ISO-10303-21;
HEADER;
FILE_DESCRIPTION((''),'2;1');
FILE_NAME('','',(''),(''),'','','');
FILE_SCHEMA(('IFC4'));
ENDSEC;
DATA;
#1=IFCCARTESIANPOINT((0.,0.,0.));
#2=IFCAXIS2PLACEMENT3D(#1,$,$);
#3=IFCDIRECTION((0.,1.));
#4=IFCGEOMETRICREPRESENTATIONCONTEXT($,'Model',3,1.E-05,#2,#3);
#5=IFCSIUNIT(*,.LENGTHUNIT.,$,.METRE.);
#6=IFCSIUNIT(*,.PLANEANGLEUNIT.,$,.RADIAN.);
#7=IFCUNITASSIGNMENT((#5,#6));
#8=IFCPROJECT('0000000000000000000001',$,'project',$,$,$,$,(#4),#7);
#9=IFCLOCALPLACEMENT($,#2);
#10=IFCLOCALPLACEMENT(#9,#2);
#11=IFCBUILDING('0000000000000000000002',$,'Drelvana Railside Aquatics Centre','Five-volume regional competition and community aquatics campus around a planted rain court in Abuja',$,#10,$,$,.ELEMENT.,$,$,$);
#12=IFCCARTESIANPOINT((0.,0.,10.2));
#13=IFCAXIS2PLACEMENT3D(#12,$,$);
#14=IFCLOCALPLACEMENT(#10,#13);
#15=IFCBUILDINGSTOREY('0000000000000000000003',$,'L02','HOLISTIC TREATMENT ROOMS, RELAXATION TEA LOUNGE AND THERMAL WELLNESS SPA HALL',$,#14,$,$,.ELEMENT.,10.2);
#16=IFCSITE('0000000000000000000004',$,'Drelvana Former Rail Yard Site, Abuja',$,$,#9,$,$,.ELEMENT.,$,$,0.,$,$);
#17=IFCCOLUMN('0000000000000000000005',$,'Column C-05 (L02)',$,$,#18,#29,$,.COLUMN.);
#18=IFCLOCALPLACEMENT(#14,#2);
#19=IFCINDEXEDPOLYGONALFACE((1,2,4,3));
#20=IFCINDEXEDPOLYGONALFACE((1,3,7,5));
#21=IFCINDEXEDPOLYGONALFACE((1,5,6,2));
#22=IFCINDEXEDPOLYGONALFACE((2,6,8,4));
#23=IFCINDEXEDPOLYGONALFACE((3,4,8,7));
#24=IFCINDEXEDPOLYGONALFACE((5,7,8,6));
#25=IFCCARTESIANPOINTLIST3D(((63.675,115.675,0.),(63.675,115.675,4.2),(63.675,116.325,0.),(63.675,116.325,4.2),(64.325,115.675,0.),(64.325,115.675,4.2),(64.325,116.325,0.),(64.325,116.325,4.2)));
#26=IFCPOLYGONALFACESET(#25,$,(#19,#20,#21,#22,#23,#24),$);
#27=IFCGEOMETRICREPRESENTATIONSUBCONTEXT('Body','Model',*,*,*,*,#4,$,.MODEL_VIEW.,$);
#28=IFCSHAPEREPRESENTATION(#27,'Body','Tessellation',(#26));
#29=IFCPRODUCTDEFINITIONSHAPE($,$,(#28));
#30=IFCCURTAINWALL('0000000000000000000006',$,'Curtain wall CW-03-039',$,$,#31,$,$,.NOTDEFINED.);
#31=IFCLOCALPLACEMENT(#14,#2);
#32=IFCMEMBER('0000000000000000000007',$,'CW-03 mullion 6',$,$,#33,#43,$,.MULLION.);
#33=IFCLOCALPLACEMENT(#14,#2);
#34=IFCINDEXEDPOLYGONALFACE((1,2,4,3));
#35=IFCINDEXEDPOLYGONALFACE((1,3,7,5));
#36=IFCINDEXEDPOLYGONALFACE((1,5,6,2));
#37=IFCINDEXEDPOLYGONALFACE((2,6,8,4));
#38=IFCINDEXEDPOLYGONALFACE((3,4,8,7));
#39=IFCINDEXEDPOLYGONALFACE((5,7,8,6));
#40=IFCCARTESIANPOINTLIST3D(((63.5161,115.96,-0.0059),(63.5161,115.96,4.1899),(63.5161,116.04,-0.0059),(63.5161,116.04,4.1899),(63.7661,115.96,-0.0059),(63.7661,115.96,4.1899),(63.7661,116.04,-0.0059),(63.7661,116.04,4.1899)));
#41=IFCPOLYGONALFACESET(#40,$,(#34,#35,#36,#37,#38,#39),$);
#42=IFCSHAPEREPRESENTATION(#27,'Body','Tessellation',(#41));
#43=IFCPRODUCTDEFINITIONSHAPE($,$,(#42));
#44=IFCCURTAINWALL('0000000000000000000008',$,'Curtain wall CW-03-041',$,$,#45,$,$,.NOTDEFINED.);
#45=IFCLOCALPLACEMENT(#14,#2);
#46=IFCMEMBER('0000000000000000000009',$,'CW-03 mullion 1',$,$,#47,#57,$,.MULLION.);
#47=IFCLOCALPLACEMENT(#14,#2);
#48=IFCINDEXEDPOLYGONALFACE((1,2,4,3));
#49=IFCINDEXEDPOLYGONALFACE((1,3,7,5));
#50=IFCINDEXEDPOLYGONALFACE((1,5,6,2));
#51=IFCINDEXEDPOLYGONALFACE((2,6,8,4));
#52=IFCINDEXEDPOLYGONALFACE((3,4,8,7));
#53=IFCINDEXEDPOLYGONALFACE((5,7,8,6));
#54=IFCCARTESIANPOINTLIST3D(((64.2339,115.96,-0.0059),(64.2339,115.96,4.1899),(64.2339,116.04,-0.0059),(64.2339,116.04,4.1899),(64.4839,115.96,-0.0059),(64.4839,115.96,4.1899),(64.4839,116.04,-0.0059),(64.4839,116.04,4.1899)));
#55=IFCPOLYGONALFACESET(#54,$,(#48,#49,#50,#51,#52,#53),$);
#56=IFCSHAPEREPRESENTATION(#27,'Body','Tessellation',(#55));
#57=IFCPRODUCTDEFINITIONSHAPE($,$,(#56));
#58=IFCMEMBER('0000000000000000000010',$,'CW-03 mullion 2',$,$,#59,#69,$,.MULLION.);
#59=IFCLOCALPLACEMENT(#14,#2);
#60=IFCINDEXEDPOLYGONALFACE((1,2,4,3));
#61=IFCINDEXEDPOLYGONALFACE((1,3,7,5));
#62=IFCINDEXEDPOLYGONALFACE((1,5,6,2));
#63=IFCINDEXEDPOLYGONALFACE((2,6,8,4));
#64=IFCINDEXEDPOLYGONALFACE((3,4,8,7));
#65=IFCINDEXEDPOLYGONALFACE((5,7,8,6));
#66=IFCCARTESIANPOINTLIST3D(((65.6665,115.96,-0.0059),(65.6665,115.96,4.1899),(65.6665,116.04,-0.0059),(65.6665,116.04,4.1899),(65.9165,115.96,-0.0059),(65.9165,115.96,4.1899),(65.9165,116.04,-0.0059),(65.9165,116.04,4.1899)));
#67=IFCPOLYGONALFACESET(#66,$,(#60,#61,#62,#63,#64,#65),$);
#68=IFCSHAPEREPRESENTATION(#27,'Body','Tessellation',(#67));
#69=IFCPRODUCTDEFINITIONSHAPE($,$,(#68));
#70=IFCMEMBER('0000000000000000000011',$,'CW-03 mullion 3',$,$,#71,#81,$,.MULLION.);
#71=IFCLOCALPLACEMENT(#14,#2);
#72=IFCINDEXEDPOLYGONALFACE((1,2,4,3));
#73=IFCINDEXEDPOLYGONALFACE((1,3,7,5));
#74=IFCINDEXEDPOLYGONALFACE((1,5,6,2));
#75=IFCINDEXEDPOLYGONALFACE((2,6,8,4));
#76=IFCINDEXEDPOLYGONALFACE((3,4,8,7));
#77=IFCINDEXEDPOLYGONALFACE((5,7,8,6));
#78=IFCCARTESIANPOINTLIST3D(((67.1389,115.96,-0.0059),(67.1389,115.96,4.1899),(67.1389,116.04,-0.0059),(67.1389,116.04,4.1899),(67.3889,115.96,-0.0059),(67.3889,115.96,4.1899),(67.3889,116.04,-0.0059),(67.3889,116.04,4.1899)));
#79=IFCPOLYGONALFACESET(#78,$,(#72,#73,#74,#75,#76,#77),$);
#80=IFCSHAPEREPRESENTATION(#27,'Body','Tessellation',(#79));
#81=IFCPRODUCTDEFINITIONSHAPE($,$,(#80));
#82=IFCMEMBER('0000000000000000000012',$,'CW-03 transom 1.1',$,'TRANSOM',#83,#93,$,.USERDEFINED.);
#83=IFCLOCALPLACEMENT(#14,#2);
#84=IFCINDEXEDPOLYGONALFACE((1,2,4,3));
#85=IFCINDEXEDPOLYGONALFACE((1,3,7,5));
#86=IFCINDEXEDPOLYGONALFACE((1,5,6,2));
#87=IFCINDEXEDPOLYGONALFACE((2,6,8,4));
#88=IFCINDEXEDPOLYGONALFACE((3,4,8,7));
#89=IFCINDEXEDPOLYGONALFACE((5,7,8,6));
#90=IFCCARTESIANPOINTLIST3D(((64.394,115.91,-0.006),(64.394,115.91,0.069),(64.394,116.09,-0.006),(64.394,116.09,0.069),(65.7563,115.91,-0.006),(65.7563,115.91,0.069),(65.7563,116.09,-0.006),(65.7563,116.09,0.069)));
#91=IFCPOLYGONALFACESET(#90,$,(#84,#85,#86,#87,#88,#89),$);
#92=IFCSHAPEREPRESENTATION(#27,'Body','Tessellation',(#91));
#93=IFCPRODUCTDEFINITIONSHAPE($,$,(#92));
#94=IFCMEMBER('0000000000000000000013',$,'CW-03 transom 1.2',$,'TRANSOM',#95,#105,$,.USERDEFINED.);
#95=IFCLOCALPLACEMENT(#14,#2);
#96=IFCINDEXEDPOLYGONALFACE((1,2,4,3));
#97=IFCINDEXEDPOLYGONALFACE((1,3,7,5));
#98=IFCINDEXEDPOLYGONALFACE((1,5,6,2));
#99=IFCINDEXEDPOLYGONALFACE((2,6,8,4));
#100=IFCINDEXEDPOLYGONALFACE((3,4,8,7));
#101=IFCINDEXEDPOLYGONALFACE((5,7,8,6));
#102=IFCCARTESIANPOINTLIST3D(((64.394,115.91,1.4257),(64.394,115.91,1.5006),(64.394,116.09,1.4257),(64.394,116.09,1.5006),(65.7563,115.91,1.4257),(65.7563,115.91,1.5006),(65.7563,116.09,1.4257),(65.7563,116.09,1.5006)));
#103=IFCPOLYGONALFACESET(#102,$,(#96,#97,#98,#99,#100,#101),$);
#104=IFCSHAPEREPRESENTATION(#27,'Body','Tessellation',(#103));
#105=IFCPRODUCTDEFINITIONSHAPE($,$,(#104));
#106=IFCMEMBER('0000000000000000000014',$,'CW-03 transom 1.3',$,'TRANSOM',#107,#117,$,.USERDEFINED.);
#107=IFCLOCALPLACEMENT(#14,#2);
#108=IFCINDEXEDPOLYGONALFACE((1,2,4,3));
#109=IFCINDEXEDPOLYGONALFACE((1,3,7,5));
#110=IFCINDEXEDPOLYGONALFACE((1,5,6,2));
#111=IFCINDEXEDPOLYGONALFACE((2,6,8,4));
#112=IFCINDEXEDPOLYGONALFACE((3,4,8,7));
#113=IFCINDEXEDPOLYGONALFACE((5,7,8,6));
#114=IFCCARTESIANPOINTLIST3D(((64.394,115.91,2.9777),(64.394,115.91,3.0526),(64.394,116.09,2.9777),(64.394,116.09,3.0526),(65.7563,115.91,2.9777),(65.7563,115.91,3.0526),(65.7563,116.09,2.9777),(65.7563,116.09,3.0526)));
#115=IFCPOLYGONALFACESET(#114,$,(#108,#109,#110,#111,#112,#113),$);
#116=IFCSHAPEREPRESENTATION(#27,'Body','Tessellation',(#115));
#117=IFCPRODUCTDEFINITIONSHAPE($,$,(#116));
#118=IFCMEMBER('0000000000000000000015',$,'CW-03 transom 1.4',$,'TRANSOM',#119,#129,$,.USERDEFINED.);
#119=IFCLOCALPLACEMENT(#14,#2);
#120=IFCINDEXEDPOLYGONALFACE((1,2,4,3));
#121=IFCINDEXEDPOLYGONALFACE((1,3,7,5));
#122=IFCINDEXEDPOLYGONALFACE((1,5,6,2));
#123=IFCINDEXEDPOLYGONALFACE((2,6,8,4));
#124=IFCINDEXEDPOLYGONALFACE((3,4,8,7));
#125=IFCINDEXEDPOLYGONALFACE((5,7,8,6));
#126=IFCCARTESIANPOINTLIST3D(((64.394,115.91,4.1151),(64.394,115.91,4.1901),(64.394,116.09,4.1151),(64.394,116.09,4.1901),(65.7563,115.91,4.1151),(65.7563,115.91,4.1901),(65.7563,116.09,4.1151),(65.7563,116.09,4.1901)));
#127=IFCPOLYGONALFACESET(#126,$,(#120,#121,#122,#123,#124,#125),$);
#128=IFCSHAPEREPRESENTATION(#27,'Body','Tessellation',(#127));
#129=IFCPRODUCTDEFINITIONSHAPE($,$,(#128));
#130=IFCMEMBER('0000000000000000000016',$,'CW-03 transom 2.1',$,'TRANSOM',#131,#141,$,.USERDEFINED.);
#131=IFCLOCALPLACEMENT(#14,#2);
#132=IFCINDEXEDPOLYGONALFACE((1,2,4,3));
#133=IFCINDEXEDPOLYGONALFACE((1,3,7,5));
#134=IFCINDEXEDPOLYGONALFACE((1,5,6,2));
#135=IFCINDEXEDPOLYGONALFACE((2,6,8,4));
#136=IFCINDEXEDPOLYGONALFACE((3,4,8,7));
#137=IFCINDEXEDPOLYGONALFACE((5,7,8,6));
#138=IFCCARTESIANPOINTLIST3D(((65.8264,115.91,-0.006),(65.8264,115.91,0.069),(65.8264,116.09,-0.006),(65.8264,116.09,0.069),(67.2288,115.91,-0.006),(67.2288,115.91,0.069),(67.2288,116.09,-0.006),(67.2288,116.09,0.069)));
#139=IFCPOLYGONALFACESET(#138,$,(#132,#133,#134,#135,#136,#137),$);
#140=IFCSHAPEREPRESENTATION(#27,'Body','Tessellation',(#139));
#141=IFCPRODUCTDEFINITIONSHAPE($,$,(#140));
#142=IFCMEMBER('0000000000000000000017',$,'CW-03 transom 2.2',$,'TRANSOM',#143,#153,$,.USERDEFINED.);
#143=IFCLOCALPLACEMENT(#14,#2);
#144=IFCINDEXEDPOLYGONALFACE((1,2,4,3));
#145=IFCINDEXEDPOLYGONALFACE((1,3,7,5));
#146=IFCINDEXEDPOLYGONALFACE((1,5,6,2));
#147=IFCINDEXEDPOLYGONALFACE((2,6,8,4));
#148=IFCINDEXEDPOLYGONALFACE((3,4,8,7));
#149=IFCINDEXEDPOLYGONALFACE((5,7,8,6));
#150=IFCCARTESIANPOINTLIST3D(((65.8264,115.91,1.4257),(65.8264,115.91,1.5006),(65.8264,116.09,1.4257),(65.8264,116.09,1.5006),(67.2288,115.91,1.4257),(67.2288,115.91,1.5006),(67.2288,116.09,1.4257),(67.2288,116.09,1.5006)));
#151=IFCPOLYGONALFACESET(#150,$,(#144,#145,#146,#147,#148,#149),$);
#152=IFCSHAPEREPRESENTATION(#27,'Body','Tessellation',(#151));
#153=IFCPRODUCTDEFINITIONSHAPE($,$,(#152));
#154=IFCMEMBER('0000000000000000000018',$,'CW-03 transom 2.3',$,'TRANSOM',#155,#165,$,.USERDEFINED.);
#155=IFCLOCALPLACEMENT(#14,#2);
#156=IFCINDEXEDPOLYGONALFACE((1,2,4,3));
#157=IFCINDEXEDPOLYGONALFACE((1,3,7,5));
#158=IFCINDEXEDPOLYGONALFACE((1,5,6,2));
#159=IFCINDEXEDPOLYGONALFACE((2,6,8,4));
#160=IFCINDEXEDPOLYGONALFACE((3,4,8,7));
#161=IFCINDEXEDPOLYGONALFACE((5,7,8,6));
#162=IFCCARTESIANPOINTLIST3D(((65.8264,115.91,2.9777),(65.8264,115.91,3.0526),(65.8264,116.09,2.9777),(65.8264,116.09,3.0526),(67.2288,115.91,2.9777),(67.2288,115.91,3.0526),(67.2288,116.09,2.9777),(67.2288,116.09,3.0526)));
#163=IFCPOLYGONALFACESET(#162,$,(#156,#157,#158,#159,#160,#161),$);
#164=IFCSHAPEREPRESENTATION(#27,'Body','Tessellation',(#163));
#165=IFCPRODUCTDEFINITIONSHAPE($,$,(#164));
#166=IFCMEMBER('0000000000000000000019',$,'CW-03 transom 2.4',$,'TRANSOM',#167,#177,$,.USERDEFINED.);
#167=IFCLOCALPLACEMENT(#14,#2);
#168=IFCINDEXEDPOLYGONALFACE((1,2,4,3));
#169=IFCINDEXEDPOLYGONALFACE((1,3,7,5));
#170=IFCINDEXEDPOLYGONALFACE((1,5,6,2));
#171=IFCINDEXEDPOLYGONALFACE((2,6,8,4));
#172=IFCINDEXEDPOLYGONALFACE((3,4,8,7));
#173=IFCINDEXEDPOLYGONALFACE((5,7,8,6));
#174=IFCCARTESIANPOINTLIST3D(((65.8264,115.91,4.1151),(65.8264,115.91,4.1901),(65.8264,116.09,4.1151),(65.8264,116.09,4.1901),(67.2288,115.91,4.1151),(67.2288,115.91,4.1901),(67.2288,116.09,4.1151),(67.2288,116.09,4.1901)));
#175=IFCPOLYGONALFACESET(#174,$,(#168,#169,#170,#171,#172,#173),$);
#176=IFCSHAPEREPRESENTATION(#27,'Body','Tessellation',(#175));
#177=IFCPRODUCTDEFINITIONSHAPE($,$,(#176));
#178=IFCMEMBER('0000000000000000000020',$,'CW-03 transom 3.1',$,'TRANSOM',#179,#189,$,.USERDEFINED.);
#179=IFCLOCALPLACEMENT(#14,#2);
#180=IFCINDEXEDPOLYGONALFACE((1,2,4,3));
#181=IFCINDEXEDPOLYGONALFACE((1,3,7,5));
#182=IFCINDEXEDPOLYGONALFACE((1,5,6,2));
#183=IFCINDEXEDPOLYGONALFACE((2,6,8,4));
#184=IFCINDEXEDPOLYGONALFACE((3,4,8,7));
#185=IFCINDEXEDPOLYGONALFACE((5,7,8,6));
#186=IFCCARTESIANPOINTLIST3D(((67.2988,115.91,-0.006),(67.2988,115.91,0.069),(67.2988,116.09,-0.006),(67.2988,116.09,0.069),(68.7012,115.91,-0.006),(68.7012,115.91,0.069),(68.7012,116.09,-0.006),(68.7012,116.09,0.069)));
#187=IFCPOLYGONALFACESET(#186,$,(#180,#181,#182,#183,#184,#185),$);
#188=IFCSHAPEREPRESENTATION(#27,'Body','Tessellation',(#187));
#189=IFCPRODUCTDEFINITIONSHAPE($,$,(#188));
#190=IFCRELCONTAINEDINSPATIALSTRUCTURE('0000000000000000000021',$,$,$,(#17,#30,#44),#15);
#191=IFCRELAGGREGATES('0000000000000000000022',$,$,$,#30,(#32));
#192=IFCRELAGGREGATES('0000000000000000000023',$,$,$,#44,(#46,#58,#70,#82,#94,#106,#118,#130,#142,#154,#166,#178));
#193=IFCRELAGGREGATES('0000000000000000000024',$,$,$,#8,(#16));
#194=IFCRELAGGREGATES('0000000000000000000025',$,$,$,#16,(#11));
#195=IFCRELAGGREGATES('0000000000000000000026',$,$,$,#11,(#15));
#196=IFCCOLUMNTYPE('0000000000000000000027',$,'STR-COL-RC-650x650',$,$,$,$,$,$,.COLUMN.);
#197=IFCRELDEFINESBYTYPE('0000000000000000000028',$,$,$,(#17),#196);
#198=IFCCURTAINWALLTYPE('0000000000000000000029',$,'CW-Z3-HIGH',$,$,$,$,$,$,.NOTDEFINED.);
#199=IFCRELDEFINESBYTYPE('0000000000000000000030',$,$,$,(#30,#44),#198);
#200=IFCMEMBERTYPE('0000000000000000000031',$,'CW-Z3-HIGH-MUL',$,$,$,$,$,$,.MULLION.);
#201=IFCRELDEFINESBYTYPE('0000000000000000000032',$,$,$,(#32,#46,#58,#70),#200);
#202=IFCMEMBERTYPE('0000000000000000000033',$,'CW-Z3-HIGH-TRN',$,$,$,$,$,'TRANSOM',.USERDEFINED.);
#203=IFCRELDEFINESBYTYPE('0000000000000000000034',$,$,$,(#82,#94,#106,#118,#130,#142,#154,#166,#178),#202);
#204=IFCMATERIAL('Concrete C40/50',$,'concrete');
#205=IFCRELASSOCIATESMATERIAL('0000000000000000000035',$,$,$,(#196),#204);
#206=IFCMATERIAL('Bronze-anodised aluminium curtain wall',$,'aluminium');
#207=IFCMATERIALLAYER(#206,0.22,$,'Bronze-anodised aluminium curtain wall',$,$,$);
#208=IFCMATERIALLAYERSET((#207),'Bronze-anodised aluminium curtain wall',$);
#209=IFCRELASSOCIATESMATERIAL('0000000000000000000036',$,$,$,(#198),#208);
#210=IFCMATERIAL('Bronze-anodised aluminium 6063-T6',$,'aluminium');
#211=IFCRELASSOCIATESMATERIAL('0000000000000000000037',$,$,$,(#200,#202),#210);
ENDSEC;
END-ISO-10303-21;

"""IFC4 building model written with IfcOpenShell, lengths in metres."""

from ifc_helpers import new_model, si_unit, direction, frame, origin, origin_2d, place, context, subcontext, project, spatial, rectangle, extrude, material, layer, layer_set, material_profile, profile_set, type_object, element, aggregate, save


model = new_model("IFC4")

# Units and contexts
model_context = context("Model", 3, precision=1e-05, world=origin(), true_north=direction((0.0, 1.0)))
body_context = subcontext(model_context, "Body", "Model", "MODEL_VIEW")
ifc_project = project(units=[si_unit("LENGTHUNIT", "METRE"), si_unit("PLANEANGLEUNIT", "RADIAN")], contexts=[model_context])

# Site, building, storey
site_placement = place(None, origin())
site = spatial("IfcSite", under=ifc_project, at=site_placement, Name="Drelvana Former Rail Yard Site, Abuja", CompositionType="ELEMENT", RefElevation=0.0)
building_placement = place(site_placement, origin())
building = spatial("IfcBuilding", under=site, at=building_placement, Name="Drelvana Railside Aquatics Centre", Description="Five-volume regional competition and community aquatics campus around a planted rain court in Abuja", CompositionType="ELEMENT")
storey_placement = place(building_placement, frame((0.0, 0.0, 10.2)))
storey = spatial("IfcBuildingStorey", under=building, at=storey_placement, Name="L02", Description="HOLISTIC TREATMENT ROOMS, RELAXATION TEA LOUNGE AND THERMAL WELLNESS SPA HALL", CompositionType="ELEMENT", Elevation=10.2)

# Column
ifc_material_1 = material(Name="Concrete C40/50", Category="concrete")
ifc_material_profile_1 = material_profile(ifc_material_1, rectangle(XDim=0.6499, YDim=0.6499, at=origin_2d()), Name="RC 650x650")
ifc_profile_set_1 = profile_set([ifc_material_profile_1], Name="Concrete C40/50")
column_type = type_object("IfcColumnType", Name="STR-COL-RC-650x650", PredefinedType="COLUMN", material=ifc_profile_set_1)
column_placement = place(storey_placement, frame((64.0, 116.0, 0.0), z_axis=(0.0, 0.0, 1.0), x_axis=(1.0, 0.0, 0.0)))
element("IfcColumn", 1, at=column_placement, inside=storey, type_object=column_type, Name="Column C-05 (L02)", PredefinedType="COLUMN", context=body_context, shape_type="SweptSolid", body=[
    extrude(rectangle(XDim=0.6499, YDim=0.6499, at=origin_2d()), origin(), (0.0, 0.0, 1.0), 4.2),
])

# Curtain wall, member
ifc_material_2 = material(Name="Bronze-anodised aluminium curtain wall", Category="aluminium")
ifc_layer_1 = layer(ifc_material_2, 0.22, Name="Bronze-anodised aluminium curtain wall")
ifc_layer_set_1 = layer_set([ifc_layer_1], Name="Bronze-anodised aluminium curtain wall")
curtain_wall_type = type_object("IfcCurtainWallType", Name="CW-Z3-HIGH", PredefinedType="NOTDEFINED", material=ifc_layer_set_1)
curtain_wall_1_placement = place(storey_placement, origin())
curtain_wall_1 = element("IfcCurtainWall", 2, at=curtain_wall_1_placement, inside=storey, type_object=curtain_wall_type, Name="Curtain wall CW-03-039", PredefinedType="NOTDEFINED")
ifc_material_3 = material(Name="Bronze-anodised aluminium 6063-T6", Category="aluminium")
ifc_material_profile_2 = material_profile(ifc_material_3, rectangle(XDim=0.0801, YDim=0.25, at=origin_2d()), Name="ALU-M 80x250")
ifc_profile_set_2 = profile_set([ifc_material_profile_2], Name="Bronze-anodised aluminium 6063-T6")
member_type_1 = type_object("IfcMemberType", Name="CW-Z3-HIGH-MUL", PredefinedType="MULLION", material=ifc_profile_set_2)
member_1_placement = place(storey_placement, frame((63.6411, 116.0, -0.0059), z_axis=(0.0, 0.0, 1.0), x_axis=(0.0, 1.0, 0.0)))
member_1 = element("IfcMember", 3, at=member_1_placement, type_object=member_type_1, Name="CW-03 mullion 6", PredefinedType="MULLION", context=body_context, shape_type="SweptSolid", body=[
    extrude(rectangle(XDim=0.0801, YDim=0.25, at=origin_2d()), origin(), (0.0, 0.0, 1.0), 4.1958),
])

# Curtain wall, members
curtain_wall_2_placement = place(storey_placement, origin())
curtain_wall_2 = element("IfcCurtainWall", 4, at=curtain_wall_2_placement, inside=storey, type_object=curtain_wall_type, Name="Curtain wall CW-03-041", PredefinedType="NOTDEFINED")
member_2_placement = place(storey_placement, frame((64.3589, 116.0, -0.0059), z_axis=(0.0, 0.0, 1.0), x_axis=(0.0, 1.0, 0.0)))
member_2 = element("IfcMember", 5, at=member_2_placement, type_object=member_type_1, Name="CW-03 mullion 1", PredefinedType="MULLION", context=body_context, shape_type="SweptSolid", body=[
    extrude(rectangle(XDim=0.0801, YDim=0.25, at=origin_2d()), origin(), (0.0, 0.0, 1.0), 4.1958),
])
member_3_placement = place(storey_placement, frame((65.7915, 116.0, -0.0059), z_axis=(0.0, 0.0, 1.0), x_axis=(0.0, 1.0, 0.0)))
member_3 = element("IfcMember", 6, at=member_3_placement, type_object=member_type_1, Name="CW-03 mullion 2", PredefinedType="MULLION", context=body_context, shape_type="SweptSolid", body=[
    extrude(rectangle(XDim=0.0801, YDim=0.25, at=origin_2d()), origin(), (0.0, 0.0, 1.0), 4.1958),
])
member_4_placement = place(storey_placement, frame((67.2639, 116.0, -0.0059), z_axis=(0.0, 0.0, 1.0), x_axis=(0.0, 1.0, 0.0)))
member_4 = element("IfcMember", 7, at=member_4_placement, type_object=member_type_1, Name="CW-03 mullion 3", PredefinedType="MULLION", context=body_context, shape_type="SweptSolid", body=[
    extrude(rectangle(XDim=0.0801, YDim=0.25, at=origin_2d()), origin(), (0.0, 0.0, 1.0), 4.1958),
])
ifc_material_profile_3 = material_profile(ifc_material_3, rectangle(XDim=0.1799, YDim=0.075, at=origin_2d()), Name="ALU-T 75x180")
ifc_profile_set_3 = profile_set([ifc_material_profile_3], Name="Bronze-anodised aluminium 6063-T6")
member_type_2 = type_object("IfcMemberType", Name="CW-Z3-HIGH-TRN", ElementType="TRANSOM", PredefinedType="USERDEFINED", material=ifc_profile_set_3)
member_5_placement = place(storey_placement, frame((64.394, 116.0, 0.0315), z_axis=(1.0, 0.0, 0.0), x_axis=(0.0, 1.0, 0.0)))
member_5 = element("IfcMember", 8, at=member_5_placement, type_object=member_type_2, Name="CW-03 transom 1.1", ObjectType="TRANSOM", PredefinedType="USERDEFINED", context=body_context, shape_type="SweptSolid", body=[
    extrude(rectangle(XDim=0.1799, YDim=0.075, at=origin_2d()), origin(), (0.0, 0.0, 1.0), 1.3623),
])
member_6_placement = place(storey_placement, frame((64.394, 116.0, 1.4631), z_axis=(1.0, 0.0, 0.0), x_axis=(0.0, 1.0, 0.0)))
member_6 = element("IfcMember", 9, at=member_6_placement, type_object=member_type_2, Name="CW-03 transom 1.2", ObjectType="TRANSOM", PredefinedType="USERDEFINED", context=body_context, shape_type="SweptSolid", body=[
    extrude(rectangle(XDim=0.1799, YDim=0.075, at=origin_2d()), origin(), (0.0, 0.0, 1.0), 1.3623),
])
member_7_placement = place(storey_placement, frame((64.394, 116.0, 3.0151), z_axis=(1.0, 0.0, 0.0), x_axis=(0.0, 1.0, 0.0)))
member_7 = element("IfcMember", 10, at=member_7_placement, type_object=member_type_2, Name="CW-03 transom 1.3", ObjectType="TRANSOM", PredefinedType="USERDEFINED", context=body_context, shape_type="SweptSolid", body=[
    extrude(rectangle(XDim=0.1799, YDim=0.075, at=origin_2d()), origin(), (0.0, 0.0, 1.0), 1.3623),
])
member_8_placement = place(storey_placement, frame((64.394, 116.0, 4.1526), z_axis=(1.0, 0.0, 0.0), x_axis=(0.0, 1.0, 0.0)))
member_8 = element("IfcMember", 11, at=member_8_placement, type_object=member_type_2, Name="CW-03 transom 1.4", ObjectType="TRANSOM", PredefinedType="USERDEFINED", context=body_context, shape_type="SweptSolid", body=[
    extrude(rectangle(XDim=0.1799, YDim=0.075, at=origin_2d()), origin(), (0.0, 0.0, 1.0), 1.3623),
])
member_9_placement = place(storey_placement, frame((65.8264, 116.0, 0.0315), z_axis=(1.0, 0.0, 0.0), x_axis=(0.0, 1.0, 0.0)))
member_9 = element("IfcMember", 12, at=member_9_placement, type_object=member_type_2, Name="CW-03 transom 2.1", ObjectType="TRANSOM", PredefinedType="USERDEFINED", context=body_context, shape_type="SweptSolid", body=[
    extrude(rectangle(XDim=0.1799, YDim=0.075, at=origin_2d()), origin(), (0.0, 0.0, 1.0), 1.4023),
])
member_10_placement = place(storey_placement, frame((65.8264, 116.0, 1.4631), z_axis=(1.0, 0.0, 0.0), x_axis=(0.0, 1.0, 0.0)))
member_10 = element("IfcMember", 13, at=member_10_placement, type_object=member_type_2, Name="CW-03 transom 2.2", ObjectType="TRANSOM", PredefinedType="USERDEFINED", context=body_context, shape_type="SweptSolid", body=[
    extrude(rectangle(XDim=0.1799, YDim=0.075, at=origin_2d()), origin(), (0.0, 0.0, 1.0), 1.4023),
])
member_11_placement = place(storey_placement, frame((65.8264, 116.0, 3.0151), z_axis=(1.0, 0.0, 0.0), x_axis=(0.0, 1.0, 0.0)))
member_11 = element("IfcMember", 14, at=member_11_placement, type_object=member_type_2, Name="CW-03 transom 2.3", ObjectType="TRANSOM", PredefinedType="USERDEFINED", context=body_context, shape_type="SweptSolid", body=[
    extrude(rectangle(XDim=0.1799, YDim=0.075, at=origin_2d()), origin(), (0.0, 0.0, 1.0), 1.4023),
])
member_12_placement = place(storey_placement, frame((65.8264, 116.0, 4.1526), z_axis=(1.0, 0.0, 0.0), x_axis=(0.0, 1.0, 0.0)))
member_12 = element("IfcMember", 15, at=member_12_placement, type_object=member_type_2, Name="CW-03 transom 2.4", ObjectType="TRANSOM", PredefinedType="USERDEFINED", context=body_context, shape_type="SweptSolid", body=[
    extrude(rectangle(XDim=0.1799, YDim=0.075, at=origin_2d()), origin(), (0.0, 0.0, 1.0), 1.4023),
])
member_13_placement = place(storey_placement, frame((67.2988, 116.0, 0.0315), z_axis=(1.0, 0.0, 0.0), x_axis=(0.0, 1.0, 0.0)))
member_13 = element("IfcMember", 16, at=member_13_placement, type_object=member_type_2, Name="CW-03 transom 3.1", ObjectType="TRANSOM", PredefinedType="USERDEFINED", context=body_context, shape_type="SweptSolid", body=[
    extrude(rectangle(XDim=0.1799, YDim=0.075, at=origin_2d()), origin(), (0.0, 0.0, 1.0), 1.4023),
])

aggregate(curtain_wall_1, [member_1])
aggregate(curtain_wall_2, [member_2, member_3, member_4, member_5, member_6, member_7, member_8, member_9, member_10, member_11, member_12, member_13])

save(model, "model.ifc")
